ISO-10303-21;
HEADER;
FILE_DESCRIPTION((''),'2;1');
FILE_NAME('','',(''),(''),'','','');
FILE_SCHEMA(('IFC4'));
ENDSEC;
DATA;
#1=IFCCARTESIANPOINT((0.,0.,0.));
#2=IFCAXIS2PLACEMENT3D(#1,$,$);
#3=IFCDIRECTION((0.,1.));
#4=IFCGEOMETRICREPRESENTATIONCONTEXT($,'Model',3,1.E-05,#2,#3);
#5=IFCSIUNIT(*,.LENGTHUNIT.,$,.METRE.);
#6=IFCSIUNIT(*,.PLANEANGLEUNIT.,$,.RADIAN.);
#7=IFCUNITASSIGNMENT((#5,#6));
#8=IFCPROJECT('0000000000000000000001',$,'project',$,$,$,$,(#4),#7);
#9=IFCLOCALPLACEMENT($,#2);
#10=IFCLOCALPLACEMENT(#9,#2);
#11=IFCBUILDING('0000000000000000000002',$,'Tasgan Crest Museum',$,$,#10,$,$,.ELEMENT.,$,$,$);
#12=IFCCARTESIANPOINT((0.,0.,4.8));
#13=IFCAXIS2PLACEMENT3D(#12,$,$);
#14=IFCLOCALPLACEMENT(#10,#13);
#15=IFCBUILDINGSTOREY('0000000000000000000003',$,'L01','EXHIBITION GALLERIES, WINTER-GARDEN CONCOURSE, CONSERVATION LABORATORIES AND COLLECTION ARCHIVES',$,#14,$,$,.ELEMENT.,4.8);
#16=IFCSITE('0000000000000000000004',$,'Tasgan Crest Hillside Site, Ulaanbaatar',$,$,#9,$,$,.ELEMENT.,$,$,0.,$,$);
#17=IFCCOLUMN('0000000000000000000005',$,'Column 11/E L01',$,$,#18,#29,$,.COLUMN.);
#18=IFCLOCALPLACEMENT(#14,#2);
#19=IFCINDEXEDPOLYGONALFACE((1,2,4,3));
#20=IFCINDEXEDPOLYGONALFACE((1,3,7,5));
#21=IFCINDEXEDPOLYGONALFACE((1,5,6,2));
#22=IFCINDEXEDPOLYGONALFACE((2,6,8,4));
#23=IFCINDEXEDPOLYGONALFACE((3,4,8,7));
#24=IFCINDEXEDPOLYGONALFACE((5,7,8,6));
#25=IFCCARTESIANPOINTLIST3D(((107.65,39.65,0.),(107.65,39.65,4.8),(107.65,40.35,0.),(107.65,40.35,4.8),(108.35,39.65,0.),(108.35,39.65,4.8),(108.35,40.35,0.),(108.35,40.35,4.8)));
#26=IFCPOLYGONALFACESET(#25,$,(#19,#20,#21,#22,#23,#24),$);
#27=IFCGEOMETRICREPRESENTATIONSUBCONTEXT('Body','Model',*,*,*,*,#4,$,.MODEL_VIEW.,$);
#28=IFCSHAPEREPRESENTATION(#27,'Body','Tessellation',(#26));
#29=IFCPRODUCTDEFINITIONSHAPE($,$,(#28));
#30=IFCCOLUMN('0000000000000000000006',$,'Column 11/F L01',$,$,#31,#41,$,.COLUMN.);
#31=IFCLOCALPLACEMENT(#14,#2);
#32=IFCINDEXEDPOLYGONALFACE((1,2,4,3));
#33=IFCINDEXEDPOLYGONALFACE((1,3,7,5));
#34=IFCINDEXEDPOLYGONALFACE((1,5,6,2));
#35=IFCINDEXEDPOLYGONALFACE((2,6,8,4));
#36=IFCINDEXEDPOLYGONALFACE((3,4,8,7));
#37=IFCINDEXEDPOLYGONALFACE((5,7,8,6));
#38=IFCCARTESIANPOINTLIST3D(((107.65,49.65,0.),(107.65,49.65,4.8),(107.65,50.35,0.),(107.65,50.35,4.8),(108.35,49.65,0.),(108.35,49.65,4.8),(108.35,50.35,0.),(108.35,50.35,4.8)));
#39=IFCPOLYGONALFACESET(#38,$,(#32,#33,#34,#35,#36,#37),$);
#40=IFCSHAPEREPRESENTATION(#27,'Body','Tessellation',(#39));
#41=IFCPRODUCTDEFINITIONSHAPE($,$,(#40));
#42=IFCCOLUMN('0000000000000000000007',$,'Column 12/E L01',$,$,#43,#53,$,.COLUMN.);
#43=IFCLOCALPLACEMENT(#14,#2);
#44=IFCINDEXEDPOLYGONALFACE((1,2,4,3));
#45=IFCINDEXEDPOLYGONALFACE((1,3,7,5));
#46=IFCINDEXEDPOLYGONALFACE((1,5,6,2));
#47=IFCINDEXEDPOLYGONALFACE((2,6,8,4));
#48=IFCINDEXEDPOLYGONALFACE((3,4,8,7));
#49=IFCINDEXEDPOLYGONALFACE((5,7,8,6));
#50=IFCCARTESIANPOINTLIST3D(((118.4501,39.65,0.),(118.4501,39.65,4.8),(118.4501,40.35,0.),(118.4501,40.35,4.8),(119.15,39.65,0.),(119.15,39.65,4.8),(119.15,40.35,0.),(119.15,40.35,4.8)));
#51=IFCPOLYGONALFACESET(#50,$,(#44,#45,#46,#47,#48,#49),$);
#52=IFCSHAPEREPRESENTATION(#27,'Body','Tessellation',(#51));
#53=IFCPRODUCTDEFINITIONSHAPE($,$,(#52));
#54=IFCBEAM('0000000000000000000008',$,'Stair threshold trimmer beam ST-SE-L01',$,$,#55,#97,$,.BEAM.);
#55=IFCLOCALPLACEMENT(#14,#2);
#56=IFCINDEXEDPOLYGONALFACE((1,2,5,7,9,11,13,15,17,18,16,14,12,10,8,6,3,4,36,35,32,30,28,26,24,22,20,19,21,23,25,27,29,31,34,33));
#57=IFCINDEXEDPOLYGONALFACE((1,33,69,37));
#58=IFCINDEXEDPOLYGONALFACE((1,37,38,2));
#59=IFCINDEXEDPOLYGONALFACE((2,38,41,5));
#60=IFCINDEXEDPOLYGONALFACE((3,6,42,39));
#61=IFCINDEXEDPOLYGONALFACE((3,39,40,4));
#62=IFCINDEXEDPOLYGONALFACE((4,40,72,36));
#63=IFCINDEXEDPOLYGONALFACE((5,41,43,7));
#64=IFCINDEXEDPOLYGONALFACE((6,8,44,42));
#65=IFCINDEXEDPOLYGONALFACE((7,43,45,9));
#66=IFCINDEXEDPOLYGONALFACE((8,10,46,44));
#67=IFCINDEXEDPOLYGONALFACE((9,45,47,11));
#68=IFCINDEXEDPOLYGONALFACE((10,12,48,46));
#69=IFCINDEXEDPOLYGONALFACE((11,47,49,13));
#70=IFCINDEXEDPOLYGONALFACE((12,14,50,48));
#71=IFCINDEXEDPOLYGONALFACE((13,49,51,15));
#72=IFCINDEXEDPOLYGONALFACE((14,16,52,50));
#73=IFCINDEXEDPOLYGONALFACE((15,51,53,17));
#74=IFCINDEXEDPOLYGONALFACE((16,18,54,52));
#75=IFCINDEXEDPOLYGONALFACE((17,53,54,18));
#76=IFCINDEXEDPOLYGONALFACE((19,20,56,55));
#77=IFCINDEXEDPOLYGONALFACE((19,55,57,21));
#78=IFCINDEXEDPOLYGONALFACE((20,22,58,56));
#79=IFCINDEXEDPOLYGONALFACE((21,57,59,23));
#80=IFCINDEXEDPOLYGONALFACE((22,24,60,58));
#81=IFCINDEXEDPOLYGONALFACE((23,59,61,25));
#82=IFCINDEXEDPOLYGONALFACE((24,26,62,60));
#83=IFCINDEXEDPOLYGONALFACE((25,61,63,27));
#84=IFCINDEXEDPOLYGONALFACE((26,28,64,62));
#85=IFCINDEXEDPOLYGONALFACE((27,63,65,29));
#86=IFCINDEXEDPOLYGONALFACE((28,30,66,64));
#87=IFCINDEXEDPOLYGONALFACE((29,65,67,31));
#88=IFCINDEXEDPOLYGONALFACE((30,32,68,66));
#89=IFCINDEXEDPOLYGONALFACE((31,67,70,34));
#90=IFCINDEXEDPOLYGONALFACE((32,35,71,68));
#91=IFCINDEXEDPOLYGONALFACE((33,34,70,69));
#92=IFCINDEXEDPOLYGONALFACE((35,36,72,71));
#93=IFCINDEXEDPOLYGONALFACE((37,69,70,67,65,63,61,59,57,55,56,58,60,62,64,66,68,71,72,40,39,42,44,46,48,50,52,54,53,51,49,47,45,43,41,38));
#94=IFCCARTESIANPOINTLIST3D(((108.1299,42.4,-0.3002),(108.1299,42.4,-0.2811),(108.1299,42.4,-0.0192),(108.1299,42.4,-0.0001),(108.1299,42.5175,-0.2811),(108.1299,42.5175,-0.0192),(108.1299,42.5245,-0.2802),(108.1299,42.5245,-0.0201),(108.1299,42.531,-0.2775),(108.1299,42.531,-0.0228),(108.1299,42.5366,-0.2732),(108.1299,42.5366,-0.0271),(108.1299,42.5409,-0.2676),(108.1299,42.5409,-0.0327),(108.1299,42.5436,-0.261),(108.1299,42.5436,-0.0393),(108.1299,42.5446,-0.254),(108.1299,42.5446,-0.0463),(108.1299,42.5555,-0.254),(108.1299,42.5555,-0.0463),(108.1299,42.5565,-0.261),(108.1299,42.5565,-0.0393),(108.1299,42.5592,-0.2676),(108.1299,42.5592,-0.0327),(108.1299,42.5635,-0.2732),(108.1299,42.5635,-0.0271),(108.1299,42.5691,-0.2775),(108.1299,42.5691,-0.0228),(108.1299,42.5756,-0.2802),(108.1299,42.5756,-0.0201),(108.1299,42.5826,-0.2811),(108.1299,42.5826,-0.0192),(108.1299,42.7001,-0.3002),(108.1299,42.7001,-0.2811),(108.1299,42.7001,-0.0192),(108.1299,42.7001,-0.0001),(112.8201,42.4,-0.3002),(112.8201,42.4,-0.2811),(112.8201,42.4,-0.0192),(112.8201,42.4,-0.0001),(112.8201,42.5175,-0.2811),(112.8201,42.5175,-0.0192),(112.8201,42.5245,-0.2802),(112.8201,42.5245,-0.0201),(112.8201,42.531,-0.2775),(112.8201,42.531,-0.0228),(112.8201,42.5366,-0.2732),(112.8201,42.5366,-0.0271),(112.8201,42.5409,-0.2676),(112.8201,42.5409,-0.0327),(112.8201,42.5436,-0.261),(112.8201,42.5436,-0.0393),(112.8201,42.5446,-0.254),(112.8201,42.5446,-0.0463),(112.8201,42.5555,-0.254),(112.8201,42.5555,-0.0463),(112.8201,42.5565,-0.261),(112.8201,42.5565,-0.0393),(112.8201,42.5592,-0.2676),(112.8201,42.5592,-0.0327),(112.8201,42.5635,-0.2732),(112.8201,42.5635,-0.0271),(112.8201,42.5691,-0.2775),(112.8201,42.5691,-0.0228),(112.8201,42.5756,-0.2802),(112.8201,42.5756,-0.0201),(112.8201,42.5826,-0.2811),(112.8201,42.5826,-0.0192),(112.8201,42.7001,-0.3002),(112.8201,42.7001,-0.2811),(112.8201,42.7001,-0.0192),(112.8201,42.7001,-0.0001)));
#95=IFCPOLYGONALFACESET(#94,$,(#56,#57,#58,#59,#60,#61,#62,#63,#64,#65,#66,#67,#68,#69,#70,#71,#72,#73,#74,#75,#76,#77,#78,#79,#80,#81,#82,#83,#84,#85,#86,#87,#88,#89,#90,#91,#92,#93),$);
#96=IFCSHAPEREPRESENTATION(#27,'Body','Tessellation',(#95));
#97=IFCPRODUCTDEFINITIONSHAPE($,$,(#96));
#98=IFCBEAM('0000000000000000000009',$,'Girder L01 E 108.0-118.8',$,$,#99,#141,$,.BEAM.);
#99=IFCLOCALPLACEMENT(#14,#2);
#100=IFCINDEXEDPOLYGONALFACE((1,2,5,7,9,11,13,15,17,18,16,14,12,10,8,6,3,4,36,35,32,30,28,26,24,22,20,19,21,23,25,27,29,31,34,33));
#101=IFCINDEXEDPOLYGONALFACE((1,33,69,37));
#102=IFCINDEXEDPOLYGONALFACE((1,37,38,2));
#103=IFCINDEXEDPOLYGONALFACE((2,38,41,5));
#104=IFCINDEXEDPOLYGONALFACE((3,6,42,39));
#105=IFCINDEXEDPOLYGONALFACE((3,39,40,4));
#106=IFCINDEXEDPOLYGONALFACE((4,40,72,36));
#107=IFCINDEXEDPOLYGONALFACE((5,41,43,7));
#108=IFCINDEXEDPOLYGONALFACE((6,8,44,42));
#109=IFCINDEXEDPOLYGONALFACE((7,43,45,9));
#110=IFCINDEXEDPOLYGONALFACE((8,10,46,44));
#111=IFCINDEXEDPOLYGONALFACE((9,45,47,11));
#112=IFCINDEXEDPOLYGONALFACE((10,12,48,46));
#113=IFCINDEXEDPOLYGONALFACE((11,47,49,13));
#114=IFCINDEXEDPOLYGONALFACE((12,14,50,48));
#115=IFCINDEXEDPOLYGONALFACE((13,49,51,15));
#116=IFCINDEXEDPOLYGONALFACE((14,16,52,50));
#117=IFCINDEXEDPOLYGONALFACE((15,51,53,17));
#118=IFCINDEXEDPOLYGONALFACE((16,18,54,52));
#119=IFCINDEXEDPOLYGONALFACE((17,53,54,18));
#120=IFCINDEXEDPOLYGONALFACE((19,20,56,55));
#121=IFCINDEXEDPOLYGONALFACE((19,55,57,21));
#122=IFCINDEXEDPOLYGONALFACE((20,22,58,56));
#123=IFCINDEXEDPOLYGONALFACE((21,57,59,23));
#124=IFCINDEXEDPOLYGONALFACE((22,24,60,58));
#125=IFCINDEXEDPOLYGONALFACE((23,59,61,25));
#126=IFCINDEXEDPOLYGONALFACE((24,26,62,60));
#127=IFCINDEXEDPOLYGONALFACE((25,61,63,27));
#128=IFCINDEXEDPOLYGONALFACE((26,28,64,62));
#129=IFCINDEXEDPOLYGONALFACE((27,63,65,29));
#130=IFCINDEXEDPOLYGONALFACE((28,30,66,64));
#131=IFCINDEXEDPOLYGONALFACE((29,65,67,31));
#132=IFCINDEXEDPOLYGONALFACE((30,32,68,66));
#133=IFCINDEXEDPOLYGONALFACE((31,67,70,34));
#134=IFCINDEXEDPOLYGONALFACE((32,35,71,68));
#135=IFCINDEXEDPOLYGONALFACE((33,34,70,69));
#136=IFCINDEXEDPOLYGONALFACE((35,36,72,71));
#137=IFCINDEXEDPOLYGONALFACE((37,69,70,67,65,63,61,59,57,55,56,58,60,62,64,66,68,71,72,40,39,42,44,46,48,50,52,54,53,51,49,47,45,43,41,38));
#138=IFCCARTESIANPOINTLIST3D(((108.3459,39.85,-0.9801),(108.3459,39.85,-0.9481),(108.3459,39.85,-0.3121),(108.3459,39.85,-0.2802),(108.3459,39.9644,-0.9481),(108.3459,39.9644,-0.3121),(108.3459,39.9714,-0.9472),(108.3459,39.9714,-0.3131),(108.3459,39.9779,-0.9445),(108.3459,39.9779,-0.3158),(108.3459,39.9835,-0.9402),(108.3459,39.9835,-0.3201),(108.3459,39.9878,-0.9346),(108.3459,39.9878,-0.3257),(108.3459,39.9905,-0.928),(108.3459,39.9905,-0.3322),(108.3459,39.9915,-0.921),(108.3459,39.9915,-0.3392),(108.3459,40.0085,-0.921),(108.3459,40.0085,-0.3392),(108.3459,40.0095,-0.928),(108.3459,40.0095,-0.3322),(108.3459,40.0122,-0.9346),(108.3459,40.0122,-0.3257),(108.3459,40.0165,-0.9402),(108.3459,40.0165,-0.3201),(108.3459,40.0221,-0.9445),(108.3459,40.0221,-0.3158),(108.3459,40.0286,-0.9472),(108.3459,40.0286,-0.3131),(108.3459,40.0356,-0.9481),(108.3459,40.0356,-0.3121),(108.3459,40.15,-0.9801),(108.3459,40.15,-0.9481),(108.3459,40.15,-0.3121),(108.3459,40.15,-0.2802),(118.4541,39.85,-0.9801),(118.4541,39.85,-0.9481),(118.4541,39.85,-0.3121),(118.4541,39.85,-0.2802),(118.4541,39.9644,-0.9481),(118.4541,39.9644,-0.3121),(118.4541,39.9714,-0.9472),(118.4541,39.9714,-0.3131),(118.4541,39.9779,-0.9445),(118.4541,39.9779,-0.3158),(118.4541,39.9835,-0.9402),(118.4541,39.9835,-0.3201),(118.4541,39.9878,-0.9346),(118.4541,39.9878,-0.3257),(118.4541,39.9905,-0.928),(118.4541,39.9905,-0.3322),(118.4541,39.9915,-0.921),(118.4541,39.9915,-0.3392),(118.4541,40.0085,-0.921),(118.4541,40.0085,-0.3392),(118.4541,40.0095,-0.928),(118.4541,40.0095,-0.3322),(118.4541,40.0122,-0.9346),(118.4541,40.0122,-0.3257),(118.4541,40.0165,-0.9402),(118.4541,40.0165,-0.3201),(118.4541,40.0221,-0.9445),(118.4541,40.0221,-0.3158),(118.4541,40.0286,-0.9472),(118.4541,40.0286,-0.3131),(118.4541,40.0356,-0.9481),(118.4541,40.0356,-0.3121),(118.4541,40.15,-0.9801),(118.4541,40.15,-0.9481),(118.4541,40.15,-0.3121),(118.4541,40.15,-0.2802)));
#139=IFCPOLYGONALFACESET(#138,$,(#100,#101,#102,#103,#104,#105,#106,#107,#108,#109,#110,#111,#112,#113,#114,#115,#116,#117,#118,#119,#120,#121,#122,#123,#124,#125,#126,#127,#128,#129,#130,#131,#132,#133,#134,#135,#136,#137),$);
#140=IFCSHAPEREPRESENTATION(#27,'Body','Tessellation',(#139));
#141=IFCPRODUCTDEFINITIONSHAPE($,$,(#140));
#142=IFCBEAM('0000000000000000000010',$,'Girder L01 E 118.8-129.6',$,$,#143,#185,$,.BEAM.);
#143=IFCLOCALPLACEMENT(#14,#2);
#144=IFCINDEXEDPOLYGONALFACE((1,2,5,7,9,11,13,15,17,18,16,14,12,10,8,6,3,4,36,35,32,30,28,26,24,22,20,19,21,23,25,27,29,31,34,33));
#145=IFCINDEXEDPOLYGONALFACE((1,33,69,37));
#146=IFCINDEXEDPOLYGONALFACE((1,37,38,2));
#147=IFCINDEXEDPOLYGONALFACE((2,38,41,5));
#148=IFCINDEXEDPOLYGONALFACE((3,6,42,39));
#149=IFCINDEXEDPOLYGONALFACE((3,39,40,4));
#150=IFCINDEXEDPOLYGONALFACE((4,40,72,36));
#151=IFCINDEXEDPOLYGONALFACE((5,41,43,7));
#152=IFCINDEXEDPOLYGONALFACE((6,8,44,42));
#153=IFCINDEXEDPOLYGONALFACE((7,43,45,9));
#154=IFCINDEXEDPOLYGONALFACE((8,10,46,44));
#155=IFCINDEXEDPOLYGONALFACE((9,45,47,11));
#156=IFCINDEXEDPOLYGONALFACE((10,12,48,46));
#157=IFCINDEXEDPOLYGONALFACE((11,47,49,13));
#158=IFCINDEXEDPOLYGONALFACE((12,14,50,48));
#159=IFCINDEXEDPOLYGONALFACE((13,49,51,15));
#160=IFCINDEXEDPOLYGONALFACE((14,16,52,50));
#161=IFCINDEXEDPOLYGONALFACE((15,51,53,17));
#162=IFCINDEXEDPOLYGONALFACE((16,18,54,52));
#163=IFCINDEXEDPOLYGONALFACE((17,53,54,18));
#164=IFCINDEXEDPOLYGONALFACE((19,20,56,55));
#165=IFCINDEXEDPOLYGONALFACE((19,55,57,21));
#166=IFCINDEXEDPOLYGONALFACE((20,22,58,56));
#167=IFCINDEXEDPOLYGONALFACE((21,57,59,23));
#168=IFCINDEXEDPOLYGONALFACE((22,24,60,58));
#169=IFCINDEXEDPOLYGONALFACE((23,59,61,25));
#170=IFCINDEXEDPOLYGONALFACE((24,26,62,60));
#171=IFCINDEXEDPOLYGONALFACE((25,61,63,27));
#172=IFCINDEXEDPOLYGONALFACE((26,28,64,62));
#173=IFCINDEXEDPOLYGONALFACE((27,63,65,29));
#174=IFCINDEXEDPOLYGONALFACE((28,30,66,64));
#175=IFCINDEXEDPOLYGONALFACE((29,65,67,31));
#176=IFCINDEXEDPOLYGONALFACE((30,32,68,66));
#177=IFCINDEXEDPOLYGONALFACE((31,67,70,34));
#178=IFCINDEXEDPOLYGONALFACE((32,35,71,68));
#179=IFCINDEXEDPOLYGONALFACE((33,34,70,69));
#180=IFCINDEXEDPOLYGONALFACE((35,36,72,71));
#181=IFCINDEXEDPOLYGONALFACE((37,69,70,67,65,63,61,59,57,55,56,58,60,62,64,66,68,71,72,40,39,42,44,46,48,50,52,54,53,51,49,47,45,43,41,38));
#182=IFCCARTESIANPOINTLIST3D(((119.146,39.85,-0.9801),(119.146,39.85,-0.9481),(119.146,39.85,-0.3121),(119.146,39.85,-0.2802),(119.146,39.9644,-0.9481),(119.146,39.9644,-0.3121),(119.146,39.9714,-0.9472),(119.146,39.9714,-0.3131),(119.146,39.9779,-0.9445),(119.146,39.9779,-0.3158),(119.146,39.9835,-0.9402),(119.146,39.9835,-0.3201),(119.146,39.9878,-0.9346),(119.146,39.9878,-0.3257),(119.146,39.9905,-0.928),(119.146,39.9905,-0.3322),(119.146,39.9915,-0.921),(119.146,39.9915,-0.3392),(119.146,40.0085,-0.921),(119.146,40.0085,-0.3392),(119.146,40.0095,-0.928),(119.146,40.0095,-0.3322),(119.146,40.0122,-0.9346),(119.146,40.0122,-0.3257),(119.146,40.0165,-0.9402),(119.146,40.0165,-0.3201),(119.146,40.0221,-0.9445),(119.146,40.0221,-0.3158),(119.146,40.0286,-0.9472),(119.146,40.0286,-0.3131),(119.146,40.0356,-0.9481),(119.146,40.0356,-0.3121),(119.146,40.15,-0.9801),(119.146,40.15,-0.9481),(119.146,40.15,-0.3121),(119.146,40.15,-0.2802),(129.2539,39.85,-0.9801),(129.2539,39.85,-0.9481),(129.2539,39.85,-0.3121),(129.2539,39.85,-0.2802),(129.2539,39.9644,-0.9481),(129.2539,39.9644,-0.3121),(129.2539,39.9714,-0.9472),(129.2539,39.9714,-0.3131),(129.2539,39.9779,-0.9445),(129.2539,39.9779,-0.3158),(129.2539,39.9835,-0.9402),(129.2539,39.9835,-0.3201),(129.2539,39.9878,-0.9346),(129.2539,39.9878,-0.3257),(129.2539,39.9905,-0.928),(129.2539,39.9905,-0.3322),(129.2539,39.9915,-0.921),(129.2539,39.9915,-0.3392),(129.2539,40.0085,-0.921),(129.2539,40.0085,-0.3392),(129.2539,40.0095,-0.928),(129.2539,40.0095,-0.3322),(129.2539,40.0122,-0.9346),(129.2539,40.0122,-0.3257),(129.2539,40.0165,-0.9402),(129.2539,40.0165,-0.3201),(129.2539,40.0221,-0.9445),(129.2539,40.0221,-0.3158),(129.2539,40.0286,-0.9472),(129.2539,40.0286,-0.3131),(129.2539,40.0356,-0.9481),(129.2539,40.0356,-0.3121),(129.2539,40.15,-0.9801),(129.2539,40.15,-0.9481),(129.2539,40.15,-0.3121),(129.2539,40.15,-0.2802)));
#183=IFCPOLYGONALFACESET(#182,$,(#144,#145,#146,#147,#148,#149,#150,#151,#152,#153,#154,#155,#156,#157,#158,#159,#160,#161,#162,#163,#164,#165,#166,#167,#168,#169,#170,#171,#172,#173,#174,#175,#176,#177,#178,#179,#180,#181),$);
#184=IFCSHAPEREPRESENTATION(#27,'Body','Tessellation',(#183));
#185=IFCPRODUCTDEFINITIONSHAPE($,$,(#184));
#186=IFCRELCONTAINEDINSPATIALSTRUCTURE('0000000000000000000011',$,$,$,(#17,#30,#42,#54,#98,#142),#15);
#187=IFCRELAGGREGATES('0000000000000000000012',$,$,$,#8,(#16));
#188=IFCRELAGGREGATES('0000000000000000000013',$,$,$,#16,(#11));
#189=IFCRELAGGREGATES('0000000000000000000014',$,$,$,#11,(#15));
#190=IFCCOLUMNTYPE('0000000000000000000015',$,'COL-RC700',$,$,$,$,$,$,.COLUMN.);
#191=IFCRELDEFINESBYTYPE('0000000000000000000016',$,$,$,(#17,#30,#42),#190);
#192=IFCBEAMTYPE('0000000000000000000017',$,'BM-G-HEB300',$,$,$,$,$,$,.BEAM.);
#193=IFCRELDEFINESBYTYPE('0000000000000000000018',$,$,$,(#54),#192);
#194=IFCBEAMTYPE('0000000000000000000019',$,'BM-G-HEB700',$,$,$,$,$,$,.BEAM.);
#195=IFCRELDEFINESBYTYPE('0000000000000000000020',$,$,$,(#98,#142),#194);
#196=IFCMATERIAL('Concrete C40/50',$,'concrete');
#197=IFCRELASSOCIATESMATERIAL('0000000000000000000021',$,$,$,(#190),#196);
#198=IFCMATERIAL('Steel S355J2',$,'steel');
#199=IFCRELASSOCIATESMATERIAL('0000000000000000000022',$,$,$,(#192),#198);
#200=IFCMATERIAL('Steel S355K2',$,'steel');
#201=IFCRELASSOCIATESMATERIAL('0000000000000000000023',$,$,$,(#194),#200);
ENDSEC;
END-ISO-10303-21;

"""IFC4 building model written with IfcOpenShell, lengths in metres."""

from ifc_helpers import new_model, si_unit, direction, frame, origin, origin_2d, place, context, subcontext, project, spatial, rectangle, i_section, extrude, material, material_profile, profile_set, type_object, element, save


model = new_model("IFC4")

# Units and contexts
model_context = context("Model", 3, precision=1e-05, world=origin(), true_north=direction((0.0, 1.0)))
body_context = subcontext(model_context, "Body", "Model", "MODEL_VIEW")
ifc_project = project(units=[si_unit("LENGTHUNIT", "METRE"), si_unit("PLANEANGLEUNIT", "RADIAN")], contexts=[model_context])

# Site, building, storey
site_placement = place(None, origin())
site = spatial("IfcSite", under=ifc_project, at=site_placement, Name="Tasgan Crest Hillside Site, Ulaanbaatar", CompositionType="ELEMENT", RefElevation=0.0)
building_placement = place(site_placement, origin())
building = spatial("IfcBuilding", under=site, at=building_placement, Name="Tasgan Crest Museum", CompositionType="ELEMENT")
storey_placement = place(building_placement, frame((0.0, 0.0, 4.8)))
storey = spatial("IfcBuildingStorey", under=building, at=storey_placement, Name="L01", Description="EXHIBITION GALLERIES, WINTER-GARDEN CONCOURSE, CONSERVATION LABORATORIES AND COLLECTION ARCHIVES", CompositionType="ELEMENT", Elevation=4.8)

# Columns
ifc_material_1 = material(Name="Concrete C40/50", Category="concrete")
ifc_material_profile_1 = material_profile(ifc_material_1, rectangle(XDim=0.7, YDim=0.7, at=origin_2d()), Name="RC 700x700")
ifc_profile_set_1 = profile_set([ifc_material_profile_1], Name="Concrete C40/50")
column_type = type_object("IfcColumnType", Name="COL-RC700", PredefinedType="COLUMN", material=ifc_profile_set_1)
for number, where, z_axis, x_axis, name in (
    (1, (108.0, 40.0, 0.0), (0.0, 0.0, 1.0), (1.0, 0.0, 0.0), "Column 11/E L01"),
    (2, (108.0, 50.0, 0.0), (0.0, 0.0, 1.0), (1.0, 0.0, 0.0), "Column 11/F L01"),
    (3, (118.8, 40.0, 0.0), (0.0, 0.0, 1.0), (1.0, 0.0, 0.0), "Column 12/E L01"),
):
    element("IfcColumn", number, at=place(storey_placement, frame(where, z_axis=z_axis, x_axis=x_axis)), inside=storey, type_object=column_type, Name=name, PredefinedType="COLUMN", context=body_context, shape_type="SweptSolid", body=[
        extrude(rectangle(XDim=0.7, YDim=0.7, at=origin_2d()), origin(), (0.0, 0.0, 1.0), 4.8),
    ])

# Beams
ifc_material_2 = material(Name="Steel S355J2", Category="steel")
ifc_material_profile_2 = material_profile(ifc_material_2, i_section(OverallWidth=0.3, OverallDepth=0.3, WebThickness=0.011, FlangeThickness=0.019, FilletRadius=0.0271, at=origin_2d()), Name="HEB 300")
ifc_profile_set_2 = profile_set([ifc_material_profile_2], Name="Steel S355J2")
beam_type_1 = type_object("IfcBeamType", Name="BM-G-HEB300", PredefinedType="BEAM", material=ifc_profile_set_2)
beam_1_placement = place(storey_placement, frame((108.1299, 42.55, -0.1501), z_axis=(1.0, 0.0, 0.0), x_axis=(0.0, 1.0, 0.0)))
element("IfcBeam", 4, at=beam_1_placement, inside=storey, type_object=beam_type_1, Name="Stair threshold trimmer beam ST-SE-L01", PredefinedType="BEAM", context=body_context, shape_type="SweptSolid", body=[
    extrude(i_section(OverallWidth=0.3, OverallDepth=0.3, WebThickness=0.011, FlangeThickness=0.019, FilletRadius=0.0271, at=origin_2d()), origin(), (0.0, 0.0, 1.0), 4.6902),
])
ifc_material_3 = material(Name="Steel S355K2", Category="steel")
ifc_material_profile_3 = material_profile(ifc_material_3, i_section(OverallWidth=0.3, OverallDepth=0.7, WebThickness=0.0171, FlangeThickness=0.032, FilletRadius=0.0271, at=origin_2d()), Name="HEB 700")
ifc_profile_set_3 = profile_set([ifc_material_profile_3], Name="Steel S355K2")
beam_type_2 = type_object("IfcBeamType", Name="BM-G-HEB700", PredefinedType="BEAM", material=ifc_profile_set_3)
beam_2_placement = place(storey_placement, frame((108.3459, 40.0, -0.6301), z_axis=(1.0, 0.0, 0.0), x_axis=(0.0, 1.0, 0.0)))
element("IfcBeam", 5, at=beam_2_placement, inside=storey, type_object=beam_type_2, Name="Girder L01 E 108.0-118.8", PredefinedType="BEAM", context=body_context, shape_type="SweptSolid", body=[
    extrude(i_section(OverallWidth=0.3, OverallDepth=0.7, WebThickness=0.0171, FlangeThickness=0.032, FilletRadius=0.0271, at=origin_2d()), origin(), (0.0, 0.0, 1.0), 10.1082),
])
beam_3_placement = place(storey_placement, frame((119.146, 40.0, -0.6301), z_axis=(1.0, 0.0, 0.0), x_axis=(0.0, 1.0, 0.0)))
element("IfcBeam", 6, at=beam_3_placement, inside=storey, type_object=beam_type_2, Name="Girder L01 E 118.8-129.6", PredefinedType="BEAM", context=body_context, shape_type="SweptSolid", body=[
    extrude(i_section(OverallWidth=0.3, OverallDepth=0.7, WebThickness=0.0171, FlangeThickness=0.032, FilletRadius=0.0271, at=origin_2d()), origin(), (0.0, 0.0, 1.0), 10.1079),
])

save(model, "model.ifc")
